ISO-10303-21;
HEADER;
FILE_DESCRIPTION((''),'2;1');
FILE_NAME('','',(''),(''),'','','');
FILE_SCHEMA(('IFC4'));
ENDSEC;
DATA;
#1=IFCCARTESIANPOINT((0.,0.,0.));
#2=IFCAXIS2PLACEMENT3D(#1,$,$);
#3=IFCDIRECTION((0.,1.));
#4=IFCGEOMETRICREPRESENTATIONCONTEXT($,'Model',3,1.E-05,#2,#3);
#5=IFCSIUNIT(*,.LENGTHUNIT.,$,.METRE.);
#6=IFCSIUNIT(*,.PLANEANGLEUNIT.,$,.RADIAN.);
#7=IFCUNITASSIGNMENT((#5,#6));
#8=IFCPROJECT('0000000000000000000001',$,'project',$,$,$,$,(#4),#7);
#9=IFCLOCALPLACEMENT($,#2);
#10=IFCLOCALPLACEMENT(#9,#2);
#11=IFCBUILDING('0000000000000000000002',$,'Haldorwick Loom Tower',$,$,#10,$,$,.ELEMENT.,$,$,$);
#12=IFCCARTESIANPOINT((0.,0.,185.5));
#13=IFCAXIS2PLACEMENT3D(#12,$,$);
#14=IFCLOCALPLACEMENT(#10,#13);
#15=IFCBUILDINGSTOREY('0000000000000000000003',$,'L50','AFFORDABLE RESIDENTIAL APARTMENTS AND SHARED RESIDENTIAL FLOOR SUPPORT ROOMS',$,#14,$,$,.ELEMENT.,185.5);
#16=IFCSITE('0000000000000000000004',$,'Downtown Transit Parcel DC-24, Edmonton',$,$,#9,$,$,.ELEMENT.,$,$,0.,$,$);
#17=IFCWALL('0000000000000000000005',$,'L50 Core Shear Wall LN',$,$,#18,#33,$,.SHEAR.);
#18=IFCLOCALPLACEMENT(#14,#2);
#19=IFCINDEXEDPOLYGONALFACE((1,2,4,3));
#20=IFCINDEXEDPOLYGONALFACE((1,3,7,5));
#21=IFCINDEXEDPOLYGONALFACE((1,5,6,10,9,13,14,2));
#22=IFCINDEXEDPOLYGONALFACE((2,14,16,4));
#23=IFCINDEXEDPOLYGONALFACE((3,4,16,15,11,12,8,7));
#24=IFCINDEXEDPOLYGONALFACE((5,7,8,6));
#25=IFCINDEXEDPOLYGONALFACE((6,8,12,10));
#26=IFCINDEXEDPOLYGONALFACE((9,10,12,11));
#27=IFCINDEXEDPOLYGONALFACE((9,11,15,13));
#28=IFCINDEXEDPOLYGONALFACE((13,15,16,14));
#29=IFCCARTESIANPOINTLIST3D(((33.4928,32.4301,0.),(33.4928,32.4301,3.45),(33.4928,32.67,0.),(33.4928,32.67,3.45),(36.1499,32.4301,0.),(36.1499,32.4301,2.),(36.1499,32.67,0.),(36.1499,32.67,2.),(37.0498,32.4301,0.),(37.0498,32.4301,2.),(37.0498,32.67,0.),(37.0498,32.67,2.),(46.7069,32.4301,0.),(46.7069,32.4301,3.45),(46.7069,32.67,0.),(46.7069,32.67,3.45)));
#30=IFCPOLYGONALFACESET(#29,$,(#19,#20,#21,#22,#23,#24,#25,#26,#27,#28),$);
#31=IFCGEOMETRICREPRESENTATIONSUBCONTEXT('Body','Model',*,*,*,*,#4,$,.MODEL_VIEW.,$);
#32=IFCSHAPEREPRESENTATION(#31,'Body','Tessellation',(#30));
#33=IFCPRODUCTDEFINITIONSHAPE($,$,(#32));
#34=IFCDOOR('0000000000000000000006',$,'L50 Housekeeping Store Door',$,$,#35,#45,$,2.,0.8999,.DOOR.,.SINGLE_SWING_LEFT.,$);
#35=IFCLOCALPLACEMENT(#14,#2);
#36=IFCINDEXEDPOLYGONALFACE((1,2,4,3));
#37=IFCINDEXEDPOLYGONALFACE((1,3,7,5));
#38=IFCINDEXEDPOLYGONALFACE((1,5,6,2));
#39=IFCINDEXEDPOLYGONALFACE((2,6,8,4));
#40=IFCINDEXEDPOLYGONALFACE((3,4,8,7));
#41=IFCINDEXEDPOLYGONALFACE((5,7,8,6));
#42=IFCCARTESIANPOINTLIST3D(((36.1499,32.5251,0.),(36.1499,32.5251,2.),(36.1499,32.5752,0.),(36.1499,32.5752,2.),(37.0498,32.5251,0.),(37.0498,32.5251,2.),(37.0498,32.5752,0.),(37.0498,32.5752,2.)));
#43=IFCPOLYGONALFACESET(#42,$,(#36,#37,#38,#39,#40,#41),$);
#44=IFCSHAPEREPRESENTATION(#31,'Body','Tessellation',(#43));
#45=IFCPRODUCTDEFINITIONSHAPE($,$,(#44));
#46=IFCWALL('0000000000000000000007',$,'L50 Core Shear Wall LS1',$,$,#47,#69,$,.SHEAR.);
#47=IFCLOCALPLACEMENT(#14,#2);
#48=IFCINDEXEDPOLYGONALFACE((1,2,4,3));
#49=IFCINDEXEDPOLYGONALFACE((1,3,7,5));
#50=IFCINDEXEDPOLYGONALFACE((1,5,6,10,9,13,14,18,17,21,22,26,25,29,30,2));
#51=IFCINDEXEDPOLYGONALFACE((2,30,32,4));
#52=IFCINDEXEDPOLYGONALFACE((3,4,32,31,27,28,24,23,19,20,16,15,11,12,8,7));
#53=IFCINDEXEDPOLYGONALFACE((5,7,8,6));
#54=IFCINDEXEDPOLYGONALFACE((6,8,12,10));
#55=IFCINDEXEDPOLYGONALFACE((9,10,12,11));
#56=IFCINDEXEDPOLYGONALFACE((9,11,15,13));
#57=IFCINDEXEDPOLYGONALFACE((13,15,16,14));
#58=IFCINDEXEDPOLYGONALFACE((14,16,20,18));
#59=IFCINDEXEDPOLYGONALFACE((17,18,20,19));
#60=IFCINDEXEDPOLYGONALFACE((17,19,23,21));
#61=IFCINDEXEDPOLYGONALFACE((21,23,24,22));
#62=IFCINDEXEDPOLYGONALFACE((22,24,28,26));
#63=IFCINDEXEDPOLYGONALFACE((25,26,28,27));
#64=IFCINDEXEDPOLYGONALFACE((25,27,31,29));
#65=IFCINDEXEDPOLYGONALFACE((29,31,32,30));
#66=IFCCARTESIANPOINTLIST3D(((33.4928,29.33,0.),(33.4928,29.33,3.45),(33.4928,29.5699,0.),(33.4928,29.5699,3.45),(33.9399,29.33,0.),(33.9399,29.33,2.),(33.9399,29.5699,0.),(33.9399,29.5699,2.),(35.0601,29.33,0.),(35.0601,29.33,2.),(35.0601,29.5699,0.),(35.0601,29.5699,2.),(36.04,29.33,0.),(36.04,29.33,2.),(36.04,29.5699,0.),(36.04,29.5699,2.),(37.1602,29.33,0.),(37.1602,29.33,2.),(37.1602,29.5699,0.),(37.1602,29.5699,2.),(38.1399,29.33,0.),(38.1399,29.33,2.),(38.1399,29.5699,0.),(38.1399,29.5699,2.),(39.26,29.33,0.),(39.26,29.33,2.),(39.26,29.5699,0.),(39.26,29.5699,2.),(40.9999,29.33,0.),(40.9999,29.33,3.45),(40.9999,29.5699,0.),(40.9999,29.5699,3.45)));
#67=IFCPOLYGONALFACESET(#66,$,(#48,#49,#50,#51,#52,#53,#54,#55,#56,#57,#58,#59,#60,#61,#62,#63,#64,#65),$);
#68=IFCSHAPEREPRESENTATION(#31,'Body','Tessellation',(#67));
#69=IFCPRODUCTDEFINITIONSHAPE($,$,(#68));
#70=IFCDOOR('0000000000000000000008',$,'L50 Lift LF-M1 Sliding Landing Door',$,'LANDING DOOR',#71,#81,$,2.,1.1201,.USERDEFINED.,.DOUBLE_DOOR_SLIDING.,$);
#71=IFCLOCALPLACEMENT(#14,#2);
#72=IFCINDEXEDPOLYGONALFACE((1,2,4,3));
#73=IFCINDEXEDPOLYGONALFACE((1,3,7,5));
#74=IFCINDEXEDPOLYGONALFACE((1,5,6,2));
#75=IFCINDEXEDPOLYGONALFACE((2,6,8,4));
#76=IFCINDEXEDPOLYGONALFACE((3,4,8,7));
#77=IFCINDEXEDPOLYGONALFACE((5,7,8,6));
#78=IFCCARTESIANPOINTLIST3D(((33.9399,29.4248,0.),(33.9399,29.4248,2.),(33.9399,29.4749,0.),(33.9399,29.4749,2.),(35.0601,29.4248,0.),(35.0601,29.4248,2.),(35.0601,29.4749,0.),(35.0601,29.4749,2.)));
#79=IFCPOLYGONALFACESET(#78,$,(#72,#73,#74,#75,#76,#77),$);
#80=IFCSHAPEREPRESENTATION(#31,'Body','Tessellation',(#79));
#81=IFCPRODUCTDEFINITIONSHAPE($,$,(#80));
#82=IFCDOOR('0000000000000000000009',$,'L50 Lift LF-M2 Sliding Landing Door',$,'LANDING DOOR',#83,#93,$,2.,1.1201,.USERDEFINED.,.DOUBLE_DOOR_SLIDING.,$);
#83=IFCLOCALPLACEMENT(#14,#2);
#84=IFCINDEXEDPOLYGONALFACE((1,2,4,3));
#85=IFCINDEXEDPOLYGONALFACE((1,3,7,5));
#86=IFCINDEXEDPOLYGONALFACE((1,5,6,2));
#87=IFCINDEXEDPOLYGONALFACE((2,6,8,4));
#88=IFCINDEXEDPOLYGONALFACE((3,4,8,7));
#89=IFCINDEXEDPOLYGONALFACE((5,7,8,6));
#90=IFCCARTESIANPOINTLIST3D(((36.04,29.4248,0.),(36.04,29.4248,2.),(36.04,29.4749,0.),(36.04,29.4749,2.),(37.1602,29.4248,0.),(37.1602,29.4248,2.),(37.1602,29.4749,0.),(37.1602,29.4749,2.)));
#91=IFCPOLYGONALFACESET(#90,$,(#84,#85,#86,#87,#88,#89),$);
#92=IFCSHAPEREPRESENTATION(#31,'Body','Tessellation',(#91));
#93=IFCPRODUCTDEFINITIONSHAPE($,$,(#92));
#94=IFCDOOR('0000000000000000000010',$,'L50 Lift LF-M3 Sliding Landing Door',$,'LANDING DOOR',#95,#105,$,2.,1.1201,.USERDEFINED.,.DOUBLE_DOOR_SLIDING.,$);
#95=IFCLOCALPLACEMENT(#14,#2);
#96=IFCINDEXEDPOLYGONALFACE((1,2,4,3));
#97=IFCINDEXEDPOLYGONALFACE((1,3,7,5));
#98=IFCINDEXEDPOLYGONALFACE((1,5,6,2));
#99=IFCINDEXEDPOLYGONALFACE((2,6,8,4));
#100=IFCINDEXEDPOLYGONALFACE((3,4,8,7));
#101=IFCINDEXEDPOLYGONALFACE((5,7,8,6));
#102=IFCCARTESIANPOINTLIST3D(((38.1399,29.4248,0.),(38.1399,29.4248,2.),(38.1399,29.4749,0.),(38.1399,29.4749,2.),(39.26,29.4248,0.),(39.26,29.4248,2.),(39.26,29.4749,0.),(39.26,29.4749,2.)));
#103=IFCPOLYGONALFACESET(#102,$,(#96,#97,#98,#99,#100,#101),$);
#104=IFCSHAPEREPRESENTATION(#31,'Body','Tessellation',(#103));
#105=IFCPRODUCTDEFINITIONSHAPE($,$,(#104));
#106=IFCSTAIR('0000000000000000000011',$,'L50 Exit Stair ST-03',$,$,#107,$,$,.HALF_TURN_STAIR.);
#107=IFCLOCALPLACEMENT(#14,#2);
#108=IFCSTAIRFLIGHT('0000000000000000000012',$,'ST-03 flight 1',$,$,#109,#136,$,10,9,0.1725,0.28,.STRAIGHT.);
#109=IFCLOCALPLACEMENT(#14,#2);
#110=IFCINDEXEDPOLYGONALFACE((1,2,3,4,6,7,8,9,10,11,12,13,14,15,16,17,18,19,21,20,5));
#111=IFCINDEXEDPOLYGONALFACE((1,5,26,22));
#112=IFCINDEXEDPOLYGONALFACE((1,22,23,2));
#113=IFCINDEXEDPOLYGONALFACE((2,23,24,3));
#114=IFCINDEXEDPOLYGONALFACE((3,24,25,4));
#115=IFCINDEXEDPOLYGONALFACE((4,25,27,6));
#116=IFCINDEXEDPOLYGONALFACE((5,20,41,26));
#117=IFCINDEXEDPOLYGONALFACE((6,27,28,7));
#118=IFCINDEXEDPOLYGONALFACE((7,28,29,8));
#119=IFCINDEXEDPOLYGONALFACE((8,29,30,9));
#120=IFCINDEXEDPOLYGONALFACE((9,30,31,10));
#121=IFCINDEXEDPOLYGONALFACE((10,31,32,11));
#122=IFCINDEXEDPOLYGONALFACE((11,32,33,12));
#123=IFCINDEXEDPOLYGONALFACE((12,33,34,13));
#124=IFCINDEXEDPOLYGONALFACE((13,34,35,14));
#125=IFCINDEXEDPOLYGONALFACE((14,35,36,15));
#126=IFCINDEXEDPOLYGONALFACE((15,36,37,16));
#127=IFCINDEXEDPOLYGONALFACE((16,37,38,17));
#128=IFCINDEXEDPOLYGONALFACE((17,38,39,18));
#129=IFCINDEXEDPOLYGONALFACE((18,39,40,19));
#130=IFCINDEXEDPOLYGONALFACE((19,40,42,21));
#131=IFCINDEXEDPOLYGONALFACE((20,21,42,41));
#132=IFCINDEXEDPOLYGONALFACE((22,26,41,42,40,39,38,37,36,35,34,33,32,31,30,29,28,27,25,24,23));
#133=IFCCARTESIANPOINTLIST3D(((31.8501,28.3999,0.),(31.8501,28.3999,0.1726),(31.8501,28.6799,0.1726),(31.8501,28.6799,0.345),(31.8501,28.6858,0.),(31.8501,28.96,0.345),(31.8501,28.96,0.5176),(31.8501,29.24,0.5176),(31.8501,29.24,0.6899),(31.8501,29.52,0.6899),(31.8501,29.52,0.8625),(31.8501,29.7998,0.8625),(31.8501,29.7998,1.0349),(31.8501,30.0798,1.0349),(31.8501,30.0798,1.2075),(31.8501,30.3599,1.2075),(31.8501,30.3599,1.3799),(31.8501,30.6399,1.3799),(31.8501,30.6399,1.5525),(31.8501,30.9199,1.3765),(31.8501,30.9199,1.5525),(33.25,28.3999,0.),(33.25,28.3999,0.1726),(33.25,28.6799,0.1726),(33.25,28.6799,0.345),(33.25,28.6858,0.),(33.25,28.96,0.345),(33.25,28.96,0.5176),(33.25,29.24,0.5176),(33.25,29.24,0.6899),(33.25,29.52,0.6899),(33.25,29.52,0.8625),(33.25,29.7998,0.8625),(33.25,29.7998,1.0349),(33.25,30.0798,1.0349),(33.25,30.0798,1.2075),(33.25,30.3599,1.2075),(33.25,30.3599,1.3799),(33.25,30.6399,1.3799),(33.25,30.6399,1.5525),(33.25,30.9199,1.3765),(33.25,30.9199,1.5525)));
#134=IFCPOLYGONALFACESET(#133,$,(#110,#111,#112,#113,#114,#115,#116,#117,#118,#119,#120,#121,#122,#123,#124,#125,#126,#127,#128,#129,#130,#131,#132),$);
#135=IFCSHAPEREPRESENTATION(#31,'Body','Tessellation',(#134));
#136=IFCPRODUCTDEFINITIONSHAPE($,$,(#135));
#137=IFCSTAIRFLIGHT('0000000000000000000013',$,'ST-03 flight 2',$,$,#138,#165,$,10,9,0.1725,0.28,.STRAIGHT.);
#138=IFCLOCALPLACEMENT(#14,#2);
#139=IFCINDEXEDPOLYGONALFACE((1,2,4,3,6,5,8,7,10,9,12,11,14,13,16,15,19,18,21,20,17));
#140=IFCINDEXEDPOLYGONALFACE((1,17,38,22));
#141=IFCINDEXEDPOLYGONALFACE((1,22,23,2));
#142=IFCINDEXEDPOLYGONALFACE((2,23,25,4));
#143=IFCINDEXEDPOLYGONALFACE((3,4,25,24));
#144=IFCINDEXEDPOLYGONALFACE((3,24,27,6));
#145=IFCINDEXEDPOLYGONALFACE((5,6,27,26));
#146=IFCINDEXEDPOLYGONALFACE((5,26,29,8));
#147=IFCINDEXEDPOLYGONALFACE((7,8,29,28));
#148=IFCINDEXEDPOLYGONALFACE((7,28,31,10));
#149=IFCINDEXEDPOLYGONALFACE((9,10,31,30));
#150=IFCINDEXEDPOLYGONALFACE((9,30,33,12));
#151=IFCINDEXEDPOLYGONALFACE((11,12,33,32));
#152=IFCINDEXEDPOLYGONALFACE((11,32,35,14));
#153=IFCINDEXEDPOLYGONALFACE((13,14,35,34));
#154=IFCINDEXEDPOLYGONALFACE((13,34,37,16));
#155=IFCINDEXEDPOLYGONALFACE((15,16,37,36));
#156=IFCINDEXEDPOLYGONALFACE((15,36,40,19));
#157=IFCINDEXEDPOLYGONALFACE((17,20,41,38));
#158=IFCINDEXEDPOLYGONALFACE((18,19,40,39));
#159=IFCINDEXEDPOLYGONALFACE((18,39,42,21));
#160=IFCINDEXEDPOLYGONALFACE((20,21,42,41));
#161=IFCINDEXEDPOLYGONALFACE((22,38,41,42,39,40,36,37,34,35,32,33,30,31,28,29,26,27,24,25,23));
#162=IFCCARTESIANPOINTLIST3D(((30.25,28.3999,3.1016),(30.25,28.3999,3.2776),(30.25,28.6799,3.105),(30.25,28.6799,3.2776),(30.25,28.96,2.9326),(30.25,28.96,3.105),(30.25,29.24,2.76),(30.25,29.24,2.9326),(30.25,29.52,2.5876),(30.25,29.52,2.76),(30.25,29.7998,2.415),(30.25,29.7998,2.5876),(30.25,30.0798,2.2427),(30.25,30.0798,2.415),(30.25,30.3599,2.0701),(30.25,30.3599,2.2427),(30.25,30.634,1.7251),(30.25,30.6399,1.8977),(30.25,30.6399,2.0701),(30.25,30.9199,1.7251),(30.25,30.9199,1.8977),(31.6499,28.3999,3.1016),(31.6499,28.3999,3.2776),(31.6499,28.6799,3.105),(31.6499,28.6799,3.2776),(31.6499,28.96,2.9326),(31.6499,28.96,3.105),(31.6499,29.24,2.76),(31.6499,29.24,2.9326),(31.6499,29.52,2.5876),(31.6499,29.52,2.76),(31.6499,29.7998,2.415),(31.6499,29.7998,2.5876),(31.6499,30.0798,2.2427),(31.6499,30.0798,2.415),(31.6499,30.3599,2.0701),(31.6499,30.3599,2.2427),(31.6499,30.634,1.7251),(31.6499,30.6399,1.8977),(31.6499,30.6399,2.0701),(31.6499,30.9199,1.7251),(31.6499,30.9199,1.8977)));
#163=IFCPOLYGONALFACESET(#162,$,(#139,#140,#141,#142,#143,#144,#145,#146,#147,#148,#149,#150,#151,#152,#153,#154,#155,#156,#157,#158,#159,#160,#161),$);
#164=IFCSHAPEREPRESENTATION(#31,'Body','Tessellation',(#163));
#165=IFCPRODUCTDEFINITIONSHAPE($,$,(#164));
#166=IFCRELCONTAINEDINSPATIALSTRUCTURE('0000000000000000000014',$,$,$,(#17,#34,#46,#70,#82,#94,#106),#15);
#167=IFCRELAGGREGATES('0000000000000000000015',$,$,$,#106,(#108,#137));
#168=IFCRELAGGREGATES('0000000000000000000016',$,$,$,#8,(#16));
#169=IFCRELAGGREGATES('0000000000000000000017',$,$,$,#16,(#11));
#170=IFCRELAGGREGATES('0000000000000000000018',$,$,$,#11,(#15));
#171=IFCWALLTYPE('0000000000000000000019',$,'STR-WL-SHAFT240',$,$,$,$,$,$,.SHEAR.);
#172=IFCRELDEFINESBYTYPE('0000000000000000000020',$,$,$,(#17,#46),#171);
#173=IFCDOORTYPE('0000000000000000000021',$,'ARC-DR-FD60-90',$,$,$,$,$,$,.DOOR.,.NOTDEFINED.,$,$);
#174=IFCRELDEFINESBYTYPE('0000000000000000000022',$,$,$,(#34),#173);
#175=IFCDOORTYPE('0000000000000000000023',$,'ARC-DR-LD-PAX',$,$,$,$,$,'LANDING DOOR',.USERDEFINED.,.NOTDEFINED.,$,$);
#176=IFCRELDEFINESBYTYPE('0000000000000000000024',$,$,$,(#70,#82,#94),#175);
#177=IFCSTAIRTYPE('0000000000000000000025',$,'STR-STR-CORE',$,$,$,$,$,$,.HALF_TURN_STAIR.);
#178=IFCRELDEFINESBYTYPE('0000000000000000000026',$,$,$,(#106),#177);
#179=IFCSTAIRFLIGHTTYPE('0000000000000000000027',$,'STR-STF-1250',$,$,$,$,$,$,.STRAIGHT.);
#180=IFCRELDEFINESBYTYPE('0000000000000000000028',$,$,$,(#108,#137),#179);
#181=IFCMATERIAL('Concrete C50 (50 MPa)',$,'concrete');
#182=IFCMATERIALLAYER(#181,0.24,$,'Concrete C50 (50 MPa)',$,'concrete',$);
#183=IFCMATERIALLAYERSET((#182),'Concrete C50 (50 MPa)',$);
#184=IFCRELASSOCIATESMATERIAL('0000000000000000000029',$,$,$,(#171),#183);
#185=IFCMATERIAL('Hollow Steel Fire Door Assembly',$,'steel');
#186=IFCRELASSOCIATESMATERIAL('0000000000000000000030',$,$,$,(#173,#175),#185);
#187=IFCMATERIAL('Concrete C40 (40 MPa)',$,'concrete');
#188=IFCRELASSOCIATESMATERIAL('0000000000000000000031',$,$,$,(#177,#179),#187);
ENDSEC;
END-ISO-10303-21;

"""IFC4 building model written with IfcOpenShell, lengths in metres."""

from ifc_helpers import new_model, si_unit, direction, frame, frame_2d, origin, place, context, subcontext, project, spatial, polyline, rectangle, outline, extrude, material, layer, layer_set, type_object, element, fill, aggregate, save


model = new_model("IFC4")

# Units and contexts
model_context = context("Model", 3, precision=1e-05, world=origin(), true_north=direction((0.0, 1.0)))
body_context = subcontext(model_context, "Body", "Model", "MODEL_VIEW")
ifc_project = project(units=[si_unit("LENGTHUNIT", "METRE"), si_unit("PLANEANGLEUNIT", "RADIAN")], contexts=[model_context])

# Site, building, storey
site_placement = place(None, origin())
site = spatial("IfcSite", under=ifc_project, at=site_placement, Name="Downtown Transit Parcel DC-24, Edmonton", CompositionType="ELEMENT", RefElevation=0.0)
building_placement = place(site_placement, origin())
building = spatial("IfcBuilding", under=site, at=building_placement, Name="Haldorwick Loom Tower", CompositionType="ELEMENT")
storey_placement = place(building_placement, frame((0.0, 0.0, 185.5)))
storey = spatial("IfcBuildingStorey", under=building, at=storey_placement, Name="L50", Description="AFFORDABLE RESIDENTIAL APARTMENTS AND SHARED RESIDENTIAL FLOOR SUPPORT ROOMS", CompositionType="ELEMENT", Elevation=185.5)

# Shared definitions
ifc_material_1 = material(Name="Concrete C50 (50 MPa)", Category="concrete")
ifc_layer = layer(ifc_material_1, 0.24, Name="Concrete C50 (50 MPa)", Category="concrete")
ifc_layer_set = layer_set([ifc_layer], Name="Concrete C50 (50 MPa)")
wall_type = type_object("IfcWallType", Name="STR-WL-SHAFT240", PredefinedType="SHEAR", material=ifc_layer_set)

# Shared definitions
ifc_material_2 = material(Name="Hollow Steel Fire Door Assembly", Category="steel")

# Wall, opening, door
wall_1_placement = place(storey_placement, frame((33.4929, 32.55, 0.0), z_axis=(0.0, 0.0, 1.0), x_axis=(1.0, 0.0, 0.0)))
wall_1 = element("IfcWall", 1, at=wall_1_placement, inside=storey, type_object=wall_type, Name="L50 Core Shear Wall LN", PredefinedType="SHEAR", context=body_context, shape_type="SweptSolid", body=[
    extrude(rectangle(XDim=13.2141, YDim=0.24, at=frame_2d((6.6069, 0.0))), origin(), (0.0, 0.0, 1.0), 3.45),
])
opening_1_placement = place(wall_1_placement, frame((2.657, 0.0, 0.0)))
opening_1 = element("IfcOpeningElement", 2, at=opening_1_placement, cuts=wall_1, PredefinedType="OPENING", context=body_context, shape_type="SweptSolid", body=[
    extrude(rectangle(XDim=0.8999, YDim=2.0, at=frame_2d((0.45, 1.0))), frame((0.0, 0.1299, 0.0), z_axis=(0.0, -1.0, 0.0), x_axis=(1.0, 0.0, 0.0)), (0.0, 0.0, 1.0), 0.26),
])
door_type_1 = type_object("IfcDoorType", Name="ARC-DR-FD60-90", OperationType="NOTDEFINED", PredefinedType="DOOR", material=ifc_material_2)
door_1_placement = place(opening_1_placement, frame((0.8999, 0.0, 0.0), z_axis=(0.0, 0.0, 1.0), x_axis=(-1.0, 0.0, 0.0)))
door_1 = element("IfcDoor", 3, at=door_1_placement, inside=storey, type_object=door_type_1, Name="L50 Housekeeping Store Door", OperationType="SINGLE_SWING_LEFT", OverallHeight=2.0, OverallWidth=0.8999, PredefinedType="DOOR", context=body_context, shape_type="SweptSolid", body=[
    extrude(rectangle(XDim=0.8999, YDim=2.0, at=frame_2d((0.45, 1.0))), frame((0.0, 0.0249, 0.0), z_axis=(0.0, -1.0, 0.0), x_axis=(1.0, 0.0, 0.0)), (0.0, 0.0, 1.0), 0.05),
])
fill(opening_1, door_1)

# Wall, openings, doors
wall_2_placement = place(storey_placement, frame((33.4929, 29.45, 0.0), z_axis=(0.0, 0.0, 1.0), x_axis=(1.0, 0.0, 0.0)))
wall_2 = element("IfcWall", 4, at=wall_2_placement, inside=storey, type_object=wall_type, Name="L50 Core Shear Wall LS1", PredefinedType="SHEAR", context=body_context, shape_type="SweptSolid", body=[
    extrude(rectangle(XDim=7.5071, YDim=0.24, at=frame_2d((3.7534, 0.0))), origin(), (0.0, 0.0, 1.0), 3.45),
])
opening_2_placement = place(wall_2_placement, frame((0.447, 0.0, 0.0)))
opening_2 = element("IfcOpeningElement", 5, at=opening_2_placement, cuts=wall_2, PredefinedType="OPENING", context=body_context, shape_type="SweptSolid", body=[
    extrude(rectangle(XDim=1.1201, YDim=2.0, at=frame_2d((0.5601, 1.0))), frame((0.0, 0.1299, 0.0), z_axis=(0.0, -1.0, 0.0), x_axis=(1.0, 0.0, 0.0)), (0.0, 0.0, 1.0), 0.26),
])
opening_3_placement = place(wall_2_placement, frame((2.5471, 0.0, 0.0)))
opening_3 = element("IfcOpeningElement", 6, at=opening_3_placement, cuts=wall_2, PredefinedType="OPENING", context=body_context, shape_type="SweptSolid", body=[
    extrude(rectangle(XDim=1.1201, YDim=2.0, at=frame_2d((0.5601, 1.0))), frame((0.0, 0.1299, 0.0), z_axis=(0.0, -1.0, 0.0), x_axis=(1.0, 0.0, 0.0)), (0.0, 0.0, 1.0), 0.26),
])
opening_4_placement = place(wall_2_placement, frame((4.647, 0.0, 0.0)))
opening_4 = element("IfcOpeningElement", 7, at=opening_4_placement, cuts=wall_2, PredefinedType="OPENING", context=body_context, shape_type="SweptSolid", body=[
    extrude(rectangle(XDim=1.1201, YDim=2.0, at=frame_2d((0.5601, 1.0))), frame((0.0, 0.1299, 0.0), z_axis=(0.0, -1.0, 0.0), x_axis=(1.0, 0.0, 0.0)), (0.0, 0.0, 1.0), 0.26),
])
door_type_2 = type_object("IfcDoorType", Name="ARC-DR-LD-PAX", ElementType="LANDING DOOR", OperationType="NOTDEFINED", PredefinedType="USERDEFINED", material=ifc_material_2)
door_2_placement = place(opening_2_placement, origin())
door_2 = element("IfcDoor", 8, at=door_2_placement, inside=storey, type_object=door_type_2, Name="L50 Lift LF-M1 Sliding Landing Door", ObjectType="LANDING DOOR", OperationType="DOUBLE_DOOR_SLIDING", OverallHeight=2.0, OverallWidth=1.1201, PredefinedType="USERDEFINED", context=body_context, shape_type="SweptSolid", body=[
    extrude(rectangle(XDim=1.1201, YDim=2.0, at=frame_2d((0.5601, 1.0))), frame((0.0, 0.0249, 0.0), z_axis=(0.0, -1.0, 0.0), x_axis=(1.0, 0.0, 0.0)), (0.0, 0.0, 1.0), 0.05),
])
fill(opening_2, door_2)
door_3_placement = place(opening_3_placement, origin())
door_3 = element("IfcDoor", 9, at=door_3_placement, inside=storey, type_object=door_type_2, Name="L50 Lift LF-M2 Sliding Landing Door", ObjectType="LANDING DOOR", OperationType="DOUBLE_DOOR_SLIDING", OverallHeight=2.0, OverallWidth=1.1201, PredefinedType="USERDEFINED", context=body_context, shape_type="SweptSolid", body=[
    extrude(rectangle(XDim=1.1201, YDim=2.0, at=frame_2d((0.5601, 1.0))), frame((0.0, 0.0249, 0.0), z_axis=(0.0, -1.0, 0.0), x_axis=(1.0, 0.0, 0.0)), (0.0, 0.0, 1.0), 0.05),
])
fill(opening_3, door_3)
door_4_placement = place(opening_4_placement, origin())
door_4 = element("IfcDoor", 10, at=door_4_placement, inside=storey, type_object=door_type_2, Name="L50 Lift LF-M3 Sliding Landing Door", ObjectType="LANDING DOOR", OperationType="DOUBLE_DOOR_SLIDING", OverallHeight=2.0, OverallWidth=1.1201, PredefinedType="USERDEFINED", context=body_context, shape_type="SweptSolid", body=[
    extrude(rectangle(XDim=1.1201, YDim=2.0, at=frame_2d((0.5601, 1.0))), frame((0.0, 0.0249, 0.0), z_axis=(0.0, -1.0, 0.0), x_axis=(1.0, 0.0, 0.0)), (0.0, 0.0, 1.0), 0.05),
])
fill(opening_4, door_4)

# Stair, stair flights
ifc_material_3 = material(Name="Concrete C40 (40 MPa)", Category="concrete")
stair_type = type_object("IfcStairType", Name="STR-STR-CORE", PredefinedType="HALF_TURN_STAIR", material=ifc_material_3)
stair_placement = place(storey_placement, origin())
stair = element("IfcStair", 11, at=stair_placement, inside=storey, type_object=stair_type, Name="L50 Exit Stair ST-03", PredefinedType="HALF_TURN_STAIR")
stair_flight_type = type_object("IfcStairFlightType", Name="STR-STF-1250", PredefinedType="STRAIGHT", material=ifc_material_3)
stair_flight_1_placement = place(storey_placement, frame((32.55, 28.3999, 0.0), z_axis=(0.0, 0.0, 1.0), x_axis=(0.0, 1.0, 0.0)))
stair_flight_1 = element("IfcStairFlight", 12, at=stair_flight_1_placement, type_object=stair_flight_type, Name="ST-03 flight 1", NumberOfRisers=10, NumberOfTreads=9, PredefinedType="STRAIGHT", RiserHeight=0.1725, TreadLength=0.28, context=body_context, shape_type="SweptSolid", body=[
    extrude(outline(polyline([(0.0, 0.0), (0.0, 0.1726), (0.28, 0.1726), (0.28, 0.345), (0.5601, 0.345), (0.5601, 0.5176), (0.8401, 0.5176), (0.8401, 0.6899), (1.1201, 0.6899), (1.1201, 0.8625), (1.3999, 0.8625), (1.3999, 1.0349), (1.6799, 1.0349), (1.6799, 1.2075), (1.96, 1.2075), (1.96, 1.3799), (2.24, 1.3799), (2.24, 1.5525), (2.52, 1.5525), (2.52, 1.7251), (2.52, 1.3765), (0.2859, 0.0), (0.0, 0.0)])), frame((0.0, 0.7, 0.0), z_axis=(0.0, -1.0, 0.0), x_axis=(1.0, 0.0, 0.0)), (0.0, 0.0, 1.0), 1.3999),
])
stair_flight_2_placement = place(storey_placement, frame((30.95, 30.9199, 1.7251), z_axis=(0.0, 0.0, 1.0), x_axis=(0.0, -1.0, 0.0)))
stair_flight_2 = element("IfcStairFlight", 13, at=stair_flight_2_placement, type_object=stair_flight_type, Name="ST-03 flight 2", NumberOfRisers=10, NumberOfTreads=9, PredefinedType="STRAIGHT", RiserHeight=0.1725, TreadLength=0.28, context=body_context, shape_type="SweptSolid", body=[
    extrude(outline(polyline([(0.0, 0.0), (0.0, 0.1726), (0.28, 0.1726), (0.28, 0.345), (0.5601, 0.345), (0.5601, 0.5176), (0.8401, 0.5176), (0.8401, 0.6899), (1.1201, 0.6899), (1.1201, 0.8625), (1.3999, 0.8625), (1.3999, 1.0349), (1.6799, 1.0349), (1.6799, 1.2075), (1.96, 1.2075), (1.96, 1.3799), (2.24, 1.3799), (2.24, 1.5525), (2.52, 1.5525), (2.52, 1.7251), (2.52, 1.3765), (0.2859, 0.0), (0.0, 0.0)])), frame((0.0, 0.7, 0.0), z_axis=(0.0, -1.0, 0.0), x_axis=(1.0, 0.0, 0.0)), (0.0, 0.0, 1.0), 1.3999),
])
aggregate(stair, [stair_flight_1, stair_flight_2])

save(model, "model.ifc")
